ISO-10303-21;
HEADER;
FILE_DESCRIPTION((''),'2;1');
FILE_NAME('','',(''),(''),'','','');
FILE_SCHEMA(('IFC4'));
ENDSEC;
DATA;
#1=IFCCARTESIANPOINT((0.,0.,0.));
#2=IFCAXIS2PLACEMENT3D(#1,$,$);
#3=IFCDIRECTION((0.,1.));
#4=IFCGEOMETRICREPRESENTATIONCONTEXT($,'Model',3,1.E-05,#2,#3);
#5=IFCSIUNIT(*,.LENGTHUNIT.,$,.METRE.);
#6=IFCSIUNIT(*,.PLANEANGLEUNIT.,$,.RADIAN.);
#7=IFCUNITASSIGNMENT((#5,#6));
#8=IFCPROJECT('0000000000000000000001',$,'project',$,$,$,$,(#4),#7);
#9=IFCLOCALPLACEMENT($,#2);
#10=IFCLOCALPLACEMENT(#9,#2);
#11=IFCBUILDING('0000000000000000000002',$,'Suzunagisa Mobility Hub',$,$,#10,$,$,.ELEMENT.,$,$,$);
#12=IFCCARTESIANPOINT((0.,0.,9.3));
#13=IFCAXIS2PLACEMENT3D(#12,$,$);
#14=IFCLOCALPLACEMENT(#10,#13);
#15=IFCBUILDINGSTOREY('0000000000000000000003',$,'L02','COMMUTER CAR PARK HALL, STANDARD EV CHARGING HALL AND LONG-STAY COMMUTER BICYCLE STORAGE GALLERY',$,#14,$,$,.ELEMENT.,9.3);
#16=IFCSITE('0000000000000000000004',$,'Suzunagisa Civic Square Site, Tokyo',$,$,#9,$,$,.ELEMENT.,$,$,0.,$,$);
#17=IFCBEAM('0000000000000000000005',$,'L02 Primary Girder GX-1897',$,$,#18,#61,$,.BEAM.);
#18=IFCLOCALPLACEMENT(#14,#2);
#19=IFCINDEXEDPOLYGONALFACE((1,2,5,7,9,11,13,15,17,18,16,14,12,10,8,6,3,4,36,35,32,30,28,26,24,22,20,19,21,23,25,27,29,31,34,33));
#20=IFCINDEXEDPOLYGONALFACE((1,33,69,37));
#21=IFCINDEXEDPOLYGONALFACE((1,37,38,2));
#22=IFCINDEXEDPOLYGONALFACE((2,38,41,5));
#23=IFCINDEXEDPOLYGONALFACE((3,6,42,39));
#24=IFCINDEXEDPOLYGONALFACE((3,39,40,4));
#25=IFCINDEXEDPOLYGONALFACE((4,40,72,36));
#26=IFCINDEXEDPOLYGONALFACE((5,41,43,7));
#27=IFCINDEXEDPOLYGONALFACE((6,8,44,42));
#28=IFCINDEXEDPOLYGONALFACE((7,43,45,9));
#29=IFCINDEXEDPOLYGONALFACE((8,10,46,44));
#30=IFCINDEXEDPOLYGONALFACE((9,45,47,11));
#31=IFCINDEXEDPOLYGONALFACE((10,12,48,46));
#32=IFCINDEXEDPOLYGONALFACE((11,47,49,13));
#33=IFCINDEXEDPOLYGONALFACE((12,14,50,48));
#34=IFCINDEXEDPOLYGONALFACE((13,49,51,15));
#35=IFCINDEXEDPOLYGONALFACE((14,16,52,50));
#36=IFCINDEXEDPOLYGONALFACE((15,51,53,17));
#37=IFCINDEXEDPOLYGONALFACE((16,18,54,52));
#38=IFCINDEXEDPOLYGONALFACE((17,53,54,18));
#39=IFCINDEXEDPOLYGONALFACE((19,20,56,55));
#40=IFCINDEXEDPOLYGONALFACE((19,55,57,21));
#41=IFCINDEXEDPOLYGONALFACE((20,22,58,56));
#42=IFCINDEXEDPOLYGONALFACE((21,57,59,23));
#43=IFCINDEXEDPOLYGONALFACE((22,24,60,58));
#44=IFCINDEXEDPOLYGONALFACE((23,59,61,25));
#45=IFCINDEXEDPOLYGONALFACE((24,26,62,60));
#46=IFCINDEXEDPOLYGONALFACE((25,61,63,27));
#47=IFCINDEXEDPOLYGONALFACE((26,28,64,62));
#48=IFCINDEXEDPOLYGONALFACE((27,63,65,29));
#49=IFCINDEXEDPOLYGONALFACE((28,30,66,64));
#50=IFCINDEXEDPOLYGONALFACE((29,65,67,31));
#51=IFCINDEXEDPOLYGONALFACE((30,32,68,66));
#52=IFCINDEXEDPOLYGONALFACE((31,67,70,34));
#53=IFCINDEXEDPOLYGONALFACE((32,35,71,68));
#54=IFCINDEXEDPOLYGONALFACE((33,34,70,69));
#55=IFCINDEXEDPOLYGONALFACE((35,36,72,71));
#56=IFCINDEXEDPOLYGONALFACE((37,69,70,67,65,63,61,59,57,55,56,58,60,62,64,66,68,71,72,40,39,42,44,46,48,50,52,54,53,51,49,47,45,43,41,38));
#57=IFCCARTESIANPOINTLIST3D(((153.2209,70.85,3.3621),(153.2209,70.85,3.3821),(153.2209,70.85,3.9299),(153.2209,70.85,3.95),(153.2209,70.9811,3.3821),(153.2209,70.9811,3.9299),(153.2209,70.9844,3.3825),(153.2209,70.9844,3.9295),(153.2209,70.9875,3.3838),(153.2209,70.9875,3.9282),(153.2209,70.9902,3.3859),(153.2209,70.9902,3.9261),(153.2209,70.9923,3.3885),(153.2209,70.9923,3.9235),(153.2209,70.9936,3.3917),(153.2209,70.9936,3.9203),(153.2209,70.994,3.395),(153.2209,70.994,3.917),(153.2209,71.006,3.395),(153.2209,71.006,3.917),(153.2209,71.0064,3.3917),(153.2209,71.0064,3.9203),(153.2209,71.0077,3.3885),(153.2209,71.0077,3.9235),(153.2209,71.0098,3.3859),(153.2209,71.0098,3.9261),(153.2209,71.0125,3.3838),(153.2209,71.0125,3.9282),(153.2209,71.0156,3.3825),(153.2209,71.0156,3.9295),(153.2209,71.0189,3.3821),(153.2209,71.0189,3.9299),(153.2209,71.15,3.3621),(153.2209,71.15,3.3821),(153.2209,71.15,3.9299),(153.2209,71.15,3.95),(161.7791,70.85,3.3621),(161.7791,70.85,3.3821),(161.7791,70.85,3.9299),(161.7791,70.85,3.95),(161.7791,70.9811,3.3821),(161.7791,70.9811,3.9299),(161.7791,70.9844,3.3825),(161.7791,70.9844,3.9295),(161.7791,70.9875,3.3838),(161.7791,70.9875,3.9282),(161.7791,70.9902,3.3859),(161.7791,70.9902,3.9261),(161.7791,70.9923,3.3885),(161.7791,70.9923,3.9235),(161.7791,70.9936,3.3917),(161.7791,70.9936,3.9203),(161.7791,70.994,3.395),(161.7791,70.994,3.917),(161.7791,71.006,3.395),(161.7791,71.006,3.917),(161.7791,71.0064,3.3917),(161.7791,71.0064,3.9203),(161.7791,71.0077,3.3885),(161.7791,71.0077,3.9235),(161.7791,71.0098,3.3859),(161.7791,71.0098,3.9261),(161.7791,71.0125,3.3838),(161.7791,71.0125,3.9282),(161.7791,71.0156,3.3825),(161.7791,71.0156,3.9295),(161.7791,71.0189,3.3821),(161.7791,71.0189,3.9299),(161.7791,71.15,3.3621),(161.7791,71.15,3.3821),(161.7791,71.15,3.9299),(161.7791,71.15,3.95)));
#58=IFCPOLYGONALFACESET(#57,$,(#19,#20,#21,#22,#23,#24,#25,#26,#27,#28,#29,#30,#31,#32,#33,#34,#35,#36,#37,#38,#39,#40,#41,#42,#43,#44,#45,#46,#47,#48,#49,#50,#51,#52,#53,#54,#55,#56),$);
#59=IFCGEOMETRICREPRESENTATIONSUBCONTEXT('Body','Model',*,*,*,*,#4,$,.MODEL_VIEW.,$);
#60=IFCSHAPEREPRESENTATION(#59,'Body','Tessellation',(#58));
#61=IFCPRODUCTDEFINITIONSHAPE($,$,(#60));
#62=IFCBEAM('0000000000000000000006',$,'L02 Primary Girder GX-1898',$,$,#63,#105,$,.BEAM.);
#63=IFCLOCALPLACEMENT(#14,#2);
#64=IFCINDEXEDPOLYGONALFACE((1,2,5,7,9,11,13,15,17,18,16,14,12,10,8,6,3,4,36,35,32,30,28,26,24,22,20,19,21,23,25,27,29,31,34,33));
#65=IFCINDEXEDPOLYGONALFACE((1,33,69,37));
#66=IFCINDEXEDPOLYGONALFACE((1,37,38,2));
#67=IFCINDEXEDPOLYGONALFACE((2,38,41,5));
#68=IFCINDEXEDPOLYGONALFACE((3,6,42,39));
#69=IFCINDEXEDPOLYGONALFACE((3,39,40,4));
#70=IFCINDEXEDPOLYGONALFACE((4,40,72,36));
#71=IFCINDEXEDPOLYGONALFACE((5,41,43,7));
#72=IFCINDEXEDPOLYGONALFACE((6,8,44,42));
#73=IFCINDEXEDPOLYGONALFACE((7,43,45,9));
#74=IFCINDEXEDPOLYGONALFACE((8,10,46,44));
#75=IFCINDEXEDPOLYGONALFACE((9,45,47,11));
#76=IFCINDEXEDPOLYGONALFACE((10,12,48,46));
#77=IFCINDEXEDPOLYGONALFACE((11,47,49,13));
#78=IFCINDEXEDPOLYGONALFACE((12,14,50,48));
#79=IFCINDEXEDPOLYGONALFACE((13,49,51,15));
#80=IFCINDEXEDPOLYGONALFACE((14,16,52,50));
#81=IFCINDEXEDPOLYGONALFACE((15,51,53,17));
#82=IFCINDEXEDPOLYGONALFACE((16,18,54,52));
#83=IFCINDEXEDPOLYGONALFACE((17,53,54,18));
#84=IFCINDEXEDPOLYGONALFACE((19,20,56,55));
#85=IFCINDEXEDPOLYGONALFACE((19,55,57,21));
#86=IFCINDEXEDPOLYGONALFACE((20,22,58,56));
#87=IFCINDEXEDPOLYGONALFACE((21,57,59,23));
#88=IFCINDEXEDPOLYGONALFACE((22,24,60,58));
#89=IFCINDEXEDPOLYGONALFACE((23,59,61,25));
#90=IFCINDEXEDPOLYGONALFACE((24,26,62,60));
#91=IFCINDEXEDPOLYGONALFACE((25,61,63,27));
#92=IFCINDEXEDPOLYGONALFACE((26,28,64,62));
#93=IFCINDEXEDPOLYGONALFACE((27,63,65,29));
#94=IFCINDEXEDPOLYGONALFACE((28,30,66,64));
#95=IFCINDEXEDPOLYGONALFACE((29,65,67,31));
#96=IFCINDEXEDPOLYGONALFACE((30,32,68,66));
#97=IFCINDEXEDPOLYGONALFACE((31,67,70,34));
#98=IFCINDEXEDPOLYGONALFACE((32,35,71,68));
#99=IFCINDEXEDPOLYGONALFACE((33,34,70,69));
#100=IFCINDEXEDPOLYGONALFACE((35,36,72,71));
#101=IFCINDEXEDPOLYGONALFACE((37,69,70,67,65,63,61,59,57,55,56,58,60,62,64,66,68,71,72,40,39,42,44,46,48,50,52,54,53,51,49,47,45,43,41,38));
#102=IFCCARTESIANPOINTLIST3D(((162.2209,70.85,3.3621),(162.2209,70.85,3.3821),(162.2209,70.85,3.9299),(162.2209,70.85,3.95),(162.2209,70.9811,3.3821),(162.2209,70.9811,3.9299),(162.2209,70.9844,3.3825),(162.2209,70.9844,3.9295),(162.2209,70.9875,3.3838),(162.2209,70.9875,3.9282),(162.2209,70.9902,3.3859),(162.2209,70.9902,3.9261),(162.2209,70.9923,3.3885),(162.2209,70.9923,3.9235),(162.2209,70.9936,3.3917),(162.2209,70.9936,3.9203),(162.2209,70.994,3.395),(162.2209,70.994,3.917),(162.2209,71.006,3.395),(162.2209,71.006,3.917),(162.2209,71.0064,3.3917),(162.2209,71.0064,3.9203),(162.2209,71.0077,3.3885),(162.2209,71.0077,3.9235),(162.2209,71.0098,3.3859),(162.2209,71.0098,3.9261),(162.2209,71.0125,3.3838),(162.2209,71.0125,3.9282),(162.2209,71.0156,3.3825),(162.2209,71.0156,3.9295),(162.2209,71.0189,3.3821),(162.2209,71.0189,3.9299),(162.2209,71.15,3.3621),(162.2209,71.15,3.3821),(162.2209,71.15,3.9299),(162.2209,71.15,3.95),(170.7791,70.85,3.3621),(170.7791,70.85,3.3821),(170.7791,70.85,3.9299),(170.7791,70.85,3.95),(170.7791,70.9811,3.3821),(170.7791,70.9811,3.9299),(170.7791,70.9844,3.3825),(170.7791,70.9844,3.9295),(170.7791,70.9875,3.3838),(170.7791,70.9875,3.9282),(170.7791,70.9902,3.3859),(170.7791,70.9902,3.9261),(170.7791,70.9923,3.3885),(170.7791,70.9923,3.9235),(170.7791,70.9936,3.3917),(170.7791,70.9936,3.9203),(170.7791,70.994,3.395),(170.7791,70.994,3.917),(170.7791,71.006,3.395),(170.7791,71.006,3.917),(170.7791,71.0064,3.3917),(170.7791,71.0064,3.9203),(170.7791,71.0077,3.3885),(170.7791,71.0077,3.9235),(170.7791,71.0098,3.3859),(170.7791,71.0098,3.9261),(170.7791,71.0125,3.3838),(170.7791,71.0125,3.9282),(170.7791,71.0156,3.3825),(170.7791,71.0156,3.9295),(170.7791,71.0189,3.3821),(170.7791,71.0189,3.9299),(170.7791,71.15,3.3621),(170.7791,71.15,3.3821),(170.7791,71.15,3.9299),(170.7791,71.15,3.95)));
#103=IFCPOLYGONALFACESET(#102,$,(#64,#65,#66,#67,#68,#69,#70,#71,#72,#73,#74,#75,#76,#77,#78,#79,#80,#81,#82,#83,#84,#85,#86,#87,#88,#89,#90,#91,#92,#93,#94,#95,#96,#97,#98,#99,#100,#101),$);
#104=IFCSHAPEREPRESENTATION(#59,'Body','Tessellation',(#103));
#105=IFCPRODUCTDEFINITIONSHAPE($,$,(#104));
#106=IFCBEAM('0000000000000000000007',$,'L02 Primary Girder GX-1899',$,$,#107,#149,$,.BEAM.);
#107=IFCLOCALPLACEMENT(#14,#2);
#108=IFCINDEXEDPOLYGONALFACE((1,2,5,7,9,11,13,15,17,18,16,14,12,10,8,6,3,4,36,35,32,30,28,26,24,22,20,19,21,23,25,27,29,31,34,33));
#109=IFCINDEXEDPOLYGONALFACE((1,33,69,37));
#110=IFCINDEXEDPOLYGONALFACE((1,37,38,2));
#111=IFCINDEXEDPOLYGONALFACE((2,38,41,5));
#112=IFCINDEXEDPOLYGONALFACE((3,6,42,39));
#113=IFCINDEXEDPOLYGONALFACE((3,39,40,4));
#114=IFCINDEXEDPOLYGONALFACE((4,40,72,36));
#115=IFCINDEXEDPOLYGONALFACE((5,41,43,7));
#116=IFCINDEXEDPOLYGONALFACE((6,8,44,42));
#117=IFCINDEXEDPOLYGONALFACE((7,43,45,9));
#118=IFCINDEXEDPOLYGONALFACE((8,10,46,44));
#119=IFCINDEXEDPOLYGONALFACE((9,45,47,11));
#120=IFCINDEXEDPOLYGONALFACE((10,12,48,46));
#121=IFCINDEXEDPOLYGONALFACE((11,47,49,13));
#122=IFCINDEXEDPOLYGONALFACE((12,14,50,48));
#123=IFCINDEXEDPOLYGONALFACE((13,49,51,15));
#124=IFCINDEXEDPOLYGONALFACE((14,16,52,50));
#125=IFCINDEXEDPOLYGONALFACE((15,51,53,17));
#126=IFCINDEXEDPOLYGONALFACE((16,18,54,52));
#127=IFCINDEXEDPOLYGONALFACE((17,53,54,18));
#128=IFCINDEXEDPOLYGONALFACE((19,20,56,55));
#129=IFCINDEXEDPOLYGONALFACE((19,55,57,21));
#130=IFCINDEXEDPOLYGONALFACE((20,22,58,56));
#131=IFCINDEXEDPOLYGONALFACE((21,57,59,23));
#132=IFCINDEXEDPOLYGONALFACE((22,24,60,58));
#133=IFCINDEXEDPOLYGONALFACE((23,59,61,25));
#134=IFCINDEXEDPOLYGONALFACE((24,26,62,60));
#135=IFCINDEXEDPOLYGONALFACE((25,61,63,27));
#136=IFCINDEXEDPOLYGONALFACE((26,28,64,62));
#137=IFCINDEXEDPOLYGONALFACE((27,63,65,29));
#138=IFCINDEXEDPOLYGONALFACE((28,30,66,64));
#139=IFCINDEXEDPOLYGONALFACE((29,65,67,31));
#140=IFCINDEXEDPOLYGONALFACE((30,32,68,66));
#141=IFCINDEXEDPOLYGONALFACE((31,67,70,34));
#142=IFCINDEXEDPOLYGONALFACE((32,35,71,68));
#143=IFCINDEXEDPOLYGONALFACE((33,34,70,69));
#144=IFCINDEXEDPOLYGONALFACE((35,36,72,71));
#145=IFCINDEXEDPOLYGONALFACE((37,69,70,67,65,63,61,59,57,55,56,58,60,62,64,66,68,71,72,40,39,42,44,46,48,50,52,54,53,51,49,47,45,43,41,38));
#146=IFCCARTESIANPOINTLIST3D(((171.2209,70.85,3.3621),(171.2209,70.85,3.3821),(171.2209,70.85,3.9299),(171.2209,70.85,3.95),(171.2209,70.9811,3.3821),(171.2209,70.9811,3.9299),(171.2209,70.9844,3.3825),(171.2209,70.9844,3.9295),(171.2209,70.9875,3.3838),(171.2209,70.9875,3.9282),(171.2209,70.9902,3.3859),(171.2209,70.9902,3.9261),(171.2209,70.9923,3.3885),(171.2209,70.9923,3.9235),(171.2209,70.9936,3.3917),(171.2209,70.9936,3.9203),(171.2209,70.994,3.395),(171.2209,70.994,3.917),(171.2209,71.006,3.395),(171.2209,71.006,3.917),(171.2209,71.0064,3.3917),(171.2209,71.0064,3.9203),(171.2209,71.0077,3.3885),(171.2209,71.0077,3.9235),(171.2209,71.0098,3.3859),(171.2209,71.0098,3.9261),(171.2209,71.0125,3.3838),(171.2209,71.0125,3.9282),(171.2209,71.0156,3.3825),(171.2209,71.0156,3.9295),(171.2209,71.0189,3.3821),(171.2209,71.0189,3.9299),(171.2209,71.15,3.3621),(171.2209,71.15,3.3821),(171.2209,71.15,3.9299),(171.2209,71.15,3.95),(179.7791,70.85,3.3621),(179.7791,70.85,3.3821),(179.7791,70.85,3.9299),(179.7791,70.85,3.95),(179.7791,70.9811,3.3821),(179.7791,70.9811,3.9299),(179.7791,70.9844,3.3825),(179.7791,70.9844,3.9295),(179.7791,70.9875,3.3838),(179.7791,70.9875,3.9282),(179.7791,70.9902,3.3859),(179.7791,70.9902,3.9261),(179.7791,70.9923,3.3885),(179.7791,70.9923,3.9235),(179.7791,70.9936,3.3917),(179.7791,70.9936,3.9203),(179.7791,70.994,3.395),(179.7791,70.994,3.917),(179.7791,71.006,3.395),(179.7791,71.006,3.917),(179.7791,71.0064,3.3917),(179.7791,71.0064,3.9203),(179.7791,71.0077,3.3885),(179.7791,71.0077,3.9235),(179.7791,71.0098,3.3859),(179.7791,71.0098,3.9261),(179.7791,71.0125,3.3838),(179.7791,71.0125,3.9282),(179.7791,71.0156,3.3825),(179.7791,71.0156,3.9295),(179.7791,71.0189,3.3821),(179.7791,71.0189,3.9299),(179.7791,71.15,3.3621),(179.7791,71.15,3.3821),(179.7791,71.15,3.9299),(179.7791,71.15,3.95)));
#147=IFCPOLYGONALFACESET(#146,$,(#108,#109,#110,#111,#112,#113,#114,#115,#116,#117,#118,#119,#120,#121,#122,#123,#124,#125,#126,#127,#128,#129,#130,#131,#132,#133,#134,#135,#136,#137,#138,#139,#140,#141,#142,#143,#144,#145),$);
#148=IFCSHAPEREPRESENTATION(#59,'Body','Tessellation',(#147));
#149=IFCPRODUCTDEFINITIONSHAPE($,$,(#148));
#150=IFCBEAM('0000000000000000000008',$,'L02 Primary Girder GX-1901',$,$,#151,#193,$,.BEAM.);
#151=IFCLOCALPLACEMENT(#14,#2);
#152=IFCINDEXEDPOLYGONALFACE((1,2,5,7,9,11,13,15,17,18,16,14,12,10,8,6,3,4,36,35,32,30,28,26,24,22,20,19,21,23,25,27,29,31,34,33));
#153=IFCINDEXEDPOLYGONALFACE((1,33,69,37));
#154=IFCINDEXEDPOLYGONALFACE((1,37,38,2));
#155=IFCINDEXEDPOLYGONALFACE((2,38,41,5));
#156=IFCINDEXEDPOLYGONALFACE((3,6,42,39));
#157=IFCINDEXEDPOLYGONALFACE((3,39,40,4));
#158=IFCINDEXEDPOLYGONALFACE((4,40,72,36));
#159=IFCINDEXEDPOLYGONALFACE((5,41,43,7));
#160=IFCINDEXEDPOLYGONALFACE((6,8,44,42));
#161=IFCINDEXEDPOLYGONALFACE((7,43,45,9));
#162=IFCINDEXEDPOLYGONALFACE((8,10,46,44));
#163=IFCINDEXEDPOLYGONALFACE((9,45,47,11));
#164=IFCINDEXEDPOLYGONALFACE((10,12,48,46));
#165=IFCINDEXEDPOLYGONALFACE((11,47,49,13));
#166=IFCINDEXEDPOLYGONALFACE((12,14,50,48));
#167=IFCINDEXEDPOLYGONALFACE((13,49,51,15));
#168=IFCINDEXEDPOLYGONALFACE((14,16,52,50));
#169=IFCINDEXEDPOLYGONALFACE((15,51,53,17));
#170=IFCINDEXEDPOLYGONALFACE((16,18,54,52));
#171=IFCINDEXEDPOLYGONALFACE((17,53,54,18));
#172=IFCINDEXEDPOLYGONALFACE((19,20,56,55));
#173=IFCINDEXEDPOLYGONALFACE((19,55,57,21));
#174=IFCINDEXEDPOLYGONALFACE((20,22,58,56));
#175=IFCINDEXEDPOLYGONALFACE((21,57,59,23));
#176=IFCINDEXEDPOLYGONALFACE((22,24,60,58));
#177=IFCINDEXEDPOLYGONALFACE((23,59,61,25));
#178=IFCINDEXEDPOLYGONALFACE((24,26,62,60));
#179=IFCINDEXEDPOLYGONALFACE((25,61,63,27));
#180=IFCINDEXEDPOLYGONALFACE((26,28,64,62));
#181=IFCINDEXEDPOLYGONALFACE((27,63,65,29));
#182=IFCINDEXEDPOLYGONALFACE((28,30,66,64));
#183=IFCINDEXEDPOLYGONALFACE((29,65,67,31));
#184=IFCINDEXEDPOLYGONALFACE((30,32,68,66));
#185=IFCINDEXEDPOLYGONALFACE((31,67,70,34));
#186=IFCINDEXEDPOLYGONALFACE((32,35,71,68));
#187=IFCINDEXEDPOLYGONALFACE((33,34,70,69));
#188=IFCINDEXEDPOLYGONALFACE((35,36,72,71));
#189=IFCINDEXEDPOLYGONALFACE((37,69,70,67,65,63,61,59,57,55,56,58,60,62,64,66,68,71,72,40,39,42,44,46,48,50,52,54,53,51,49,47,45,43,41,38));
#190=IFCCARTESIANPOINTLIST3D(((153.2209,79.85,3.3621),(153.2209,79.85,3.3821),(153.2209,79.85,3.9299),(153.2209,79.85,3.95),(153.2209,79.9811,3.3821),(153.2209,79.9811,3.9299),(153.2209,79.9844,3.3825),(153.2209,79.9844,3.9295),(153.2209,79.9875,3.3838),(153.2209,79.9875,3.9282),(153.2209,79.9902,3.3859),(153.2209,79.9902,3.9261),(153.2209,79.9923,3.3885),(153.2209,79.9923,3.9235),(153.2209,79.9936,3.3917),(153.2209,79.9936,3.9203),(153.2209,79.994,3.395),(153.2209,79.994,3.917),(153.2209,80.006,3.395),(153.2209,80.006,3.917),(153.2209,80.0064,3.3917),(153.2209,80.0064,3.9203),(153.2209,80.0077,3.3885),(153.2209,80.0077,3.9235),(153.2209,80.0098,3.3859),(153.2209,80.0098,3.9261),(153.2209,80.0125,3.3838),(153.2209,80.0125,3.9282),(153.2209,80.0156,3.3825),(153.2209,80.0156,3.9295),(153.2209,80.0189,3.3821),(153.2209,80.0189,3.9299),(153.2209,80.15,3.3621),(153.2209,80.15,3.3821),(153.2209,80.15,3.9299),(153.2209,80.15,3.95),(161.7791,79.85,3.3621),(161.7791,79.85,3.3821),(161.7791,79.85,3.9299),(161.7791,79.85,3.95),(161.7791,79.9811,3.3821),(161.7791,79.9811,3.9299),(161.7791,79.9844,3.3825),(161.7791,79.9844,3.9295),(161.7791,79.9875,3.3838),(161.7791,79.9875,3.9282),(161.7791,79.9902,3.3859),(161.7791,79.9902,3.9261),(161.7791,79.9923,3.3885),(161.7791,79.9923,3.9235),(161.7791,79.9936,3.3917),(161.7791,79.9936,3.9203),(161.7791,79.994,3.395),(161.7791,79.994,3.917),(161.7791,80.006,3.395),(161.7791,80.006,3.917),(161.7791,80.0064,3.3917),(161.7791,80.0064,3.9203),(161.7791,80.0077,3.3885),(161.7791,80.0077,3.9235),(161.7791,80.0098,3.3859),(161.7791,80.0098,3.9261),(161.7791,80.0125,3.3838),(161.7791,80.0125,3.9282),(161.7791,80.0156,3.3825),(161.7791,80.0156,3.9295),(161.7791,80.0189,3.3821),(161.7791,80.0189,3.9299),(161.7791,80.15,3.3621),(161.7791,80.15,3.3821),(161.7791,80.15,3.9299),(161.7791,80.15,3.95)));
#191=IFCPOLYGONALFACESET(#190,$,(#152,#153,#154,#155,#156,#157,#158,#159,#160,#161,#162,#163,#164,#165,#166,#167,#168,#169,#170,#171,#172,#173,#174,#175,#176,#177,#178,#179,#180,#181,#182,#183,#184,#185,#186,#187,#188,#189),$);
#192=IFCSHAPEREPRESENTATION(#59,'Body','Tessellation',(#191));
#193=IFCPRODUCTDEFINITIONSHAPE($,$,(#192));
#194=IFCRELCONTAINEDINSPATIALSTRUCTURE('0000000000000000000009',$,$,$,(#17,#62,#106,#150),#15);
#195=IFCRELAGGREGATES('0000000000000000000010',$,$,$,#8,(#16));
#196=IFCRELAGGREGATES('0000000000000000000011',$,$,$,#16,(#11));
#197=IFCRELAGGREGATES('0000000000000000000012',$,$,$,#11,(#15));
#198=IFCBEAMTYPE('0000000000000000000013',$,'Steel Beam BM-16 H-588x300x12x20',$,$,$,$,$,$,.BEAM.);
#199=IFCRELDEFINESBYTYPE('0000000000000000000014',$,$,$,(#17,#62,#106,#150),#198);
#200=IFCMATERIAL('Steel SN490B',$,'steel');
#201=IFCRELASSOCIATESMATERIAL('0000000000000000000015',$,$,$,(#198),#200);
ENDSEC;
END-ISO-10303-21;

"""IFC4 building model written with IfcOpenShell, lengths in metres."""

from ifc_helpers import new_model, si_unit, direction, frame, origin, origin_2d, place, context, subcontext, project, spatial, i_section, extrude, material, material_profile, profile_set, type_object, element, save


model = new_model("IFC4")

# Units and contexts
model_context = context("Model", 3, precision=1e-05, world=origin(), true_north=direction((0.0, 1.0)))
body_context = subcontext(model_context, "Body", "Model", "MODEL_VIEW")
ifc_project = project(units=[si_unit("LENGTHUNIT", "METRE"), si_unit("PLANEANGLEUNIT", "RADIAN")], contexts=[model_context])

# Site, building, storey
site_placement = place(None, origin())
site = spatial("IfcSite", under=ifc_project, at=site_placement, Name="Suzunagisa Civic Square Site, Tokyo", CompositionType="ELEMENT", RefElevation=0.0)
building_placement = place(site_placement, origin())
building = spatial("IfcBuilding", under=site, at=building_placement, Name="Suzunagisa Mobility Hub", CompositionType="ELEMENT")
storey_placement = place(building_placement, frame((0.0, 0.0, 9.3)))
storey = spatial("IfcBuildingStorey", under=building, at=storey_placement, Name="L02", Description="COMMUTER CAR PARK HALL, STANDARD EV CHARGING HALL AND LONG-STAY COMMUTER BICYCLE STORAGE GALLERY", CompositionType="ELEMENT", Elevation=9.3)

# Shared definitions
ifc_material_1 = material(Name="Steel SN490B", Category="steel")

# Beams
ifc_material_profile_1 = material_profile(ifc_material_1, i_section(OverallWidth=0.3, OverallDepth=0.5879, WebThickness=0.012, FlangeThickness=0.02, FilletRadius=0.0129, at=origin_2d()), Name="H-588x300x12x20")
ifc_profile_set_1 = profile_set([ifc_material_profile_1], Name="Steel SN490B")
beam_type_1 = type_object("IfcBeamType", Name="Steel Beam BM-16 H-588x300x12x20", PredefinedType="BEAM", material=ifc_profile_set_1)
for number, where, z_axis, x_axis, name in (
    (1, (153.2209, 71.0, 3.656), (1.0, 0.0, 0.0), (0.0, 1.0, 0.0), "L02 Primary Girder GX-1897"),
    (2, (162.2209, 71.0, 3.656), (1.0, 0.0, 0.0), (0.0, 1.0, 0.0), "L02 Primary Girder GX-1898"),
    (3, (171.2209, 71.0, 3.656), (1.0, 0.0, 0.0), (0.0, 1.0, 0.0), "L02 Primary Girder GX-1899"),
    (4, (153.2209, 80.0, 3.656), (1.0, 0.0, 0.0), (0.0, 1.0, 0.0), "L02 Primary Girder GX-1901"),
):
    element("IfcBeam", number, at=place(storey_placement, frame(where, z_axis=z_axis, x_axis=x_axis)), inside=storey, type_object=beam_type_1, Name=name, PredefinedType="BEAM", context=body_context, shape_type="SweptSolid", body=[
        extrude(i_section(OverallWidth=0.3, OverallDepth=0.5879, WebThickness=0.012, FlangeThickness=0.02, FilletRadius=0.0129, at=origin_2d()), origin(), (0.0, 0.0, 1.0), 8.5581),
    ])

save(model, "model.ifc")
